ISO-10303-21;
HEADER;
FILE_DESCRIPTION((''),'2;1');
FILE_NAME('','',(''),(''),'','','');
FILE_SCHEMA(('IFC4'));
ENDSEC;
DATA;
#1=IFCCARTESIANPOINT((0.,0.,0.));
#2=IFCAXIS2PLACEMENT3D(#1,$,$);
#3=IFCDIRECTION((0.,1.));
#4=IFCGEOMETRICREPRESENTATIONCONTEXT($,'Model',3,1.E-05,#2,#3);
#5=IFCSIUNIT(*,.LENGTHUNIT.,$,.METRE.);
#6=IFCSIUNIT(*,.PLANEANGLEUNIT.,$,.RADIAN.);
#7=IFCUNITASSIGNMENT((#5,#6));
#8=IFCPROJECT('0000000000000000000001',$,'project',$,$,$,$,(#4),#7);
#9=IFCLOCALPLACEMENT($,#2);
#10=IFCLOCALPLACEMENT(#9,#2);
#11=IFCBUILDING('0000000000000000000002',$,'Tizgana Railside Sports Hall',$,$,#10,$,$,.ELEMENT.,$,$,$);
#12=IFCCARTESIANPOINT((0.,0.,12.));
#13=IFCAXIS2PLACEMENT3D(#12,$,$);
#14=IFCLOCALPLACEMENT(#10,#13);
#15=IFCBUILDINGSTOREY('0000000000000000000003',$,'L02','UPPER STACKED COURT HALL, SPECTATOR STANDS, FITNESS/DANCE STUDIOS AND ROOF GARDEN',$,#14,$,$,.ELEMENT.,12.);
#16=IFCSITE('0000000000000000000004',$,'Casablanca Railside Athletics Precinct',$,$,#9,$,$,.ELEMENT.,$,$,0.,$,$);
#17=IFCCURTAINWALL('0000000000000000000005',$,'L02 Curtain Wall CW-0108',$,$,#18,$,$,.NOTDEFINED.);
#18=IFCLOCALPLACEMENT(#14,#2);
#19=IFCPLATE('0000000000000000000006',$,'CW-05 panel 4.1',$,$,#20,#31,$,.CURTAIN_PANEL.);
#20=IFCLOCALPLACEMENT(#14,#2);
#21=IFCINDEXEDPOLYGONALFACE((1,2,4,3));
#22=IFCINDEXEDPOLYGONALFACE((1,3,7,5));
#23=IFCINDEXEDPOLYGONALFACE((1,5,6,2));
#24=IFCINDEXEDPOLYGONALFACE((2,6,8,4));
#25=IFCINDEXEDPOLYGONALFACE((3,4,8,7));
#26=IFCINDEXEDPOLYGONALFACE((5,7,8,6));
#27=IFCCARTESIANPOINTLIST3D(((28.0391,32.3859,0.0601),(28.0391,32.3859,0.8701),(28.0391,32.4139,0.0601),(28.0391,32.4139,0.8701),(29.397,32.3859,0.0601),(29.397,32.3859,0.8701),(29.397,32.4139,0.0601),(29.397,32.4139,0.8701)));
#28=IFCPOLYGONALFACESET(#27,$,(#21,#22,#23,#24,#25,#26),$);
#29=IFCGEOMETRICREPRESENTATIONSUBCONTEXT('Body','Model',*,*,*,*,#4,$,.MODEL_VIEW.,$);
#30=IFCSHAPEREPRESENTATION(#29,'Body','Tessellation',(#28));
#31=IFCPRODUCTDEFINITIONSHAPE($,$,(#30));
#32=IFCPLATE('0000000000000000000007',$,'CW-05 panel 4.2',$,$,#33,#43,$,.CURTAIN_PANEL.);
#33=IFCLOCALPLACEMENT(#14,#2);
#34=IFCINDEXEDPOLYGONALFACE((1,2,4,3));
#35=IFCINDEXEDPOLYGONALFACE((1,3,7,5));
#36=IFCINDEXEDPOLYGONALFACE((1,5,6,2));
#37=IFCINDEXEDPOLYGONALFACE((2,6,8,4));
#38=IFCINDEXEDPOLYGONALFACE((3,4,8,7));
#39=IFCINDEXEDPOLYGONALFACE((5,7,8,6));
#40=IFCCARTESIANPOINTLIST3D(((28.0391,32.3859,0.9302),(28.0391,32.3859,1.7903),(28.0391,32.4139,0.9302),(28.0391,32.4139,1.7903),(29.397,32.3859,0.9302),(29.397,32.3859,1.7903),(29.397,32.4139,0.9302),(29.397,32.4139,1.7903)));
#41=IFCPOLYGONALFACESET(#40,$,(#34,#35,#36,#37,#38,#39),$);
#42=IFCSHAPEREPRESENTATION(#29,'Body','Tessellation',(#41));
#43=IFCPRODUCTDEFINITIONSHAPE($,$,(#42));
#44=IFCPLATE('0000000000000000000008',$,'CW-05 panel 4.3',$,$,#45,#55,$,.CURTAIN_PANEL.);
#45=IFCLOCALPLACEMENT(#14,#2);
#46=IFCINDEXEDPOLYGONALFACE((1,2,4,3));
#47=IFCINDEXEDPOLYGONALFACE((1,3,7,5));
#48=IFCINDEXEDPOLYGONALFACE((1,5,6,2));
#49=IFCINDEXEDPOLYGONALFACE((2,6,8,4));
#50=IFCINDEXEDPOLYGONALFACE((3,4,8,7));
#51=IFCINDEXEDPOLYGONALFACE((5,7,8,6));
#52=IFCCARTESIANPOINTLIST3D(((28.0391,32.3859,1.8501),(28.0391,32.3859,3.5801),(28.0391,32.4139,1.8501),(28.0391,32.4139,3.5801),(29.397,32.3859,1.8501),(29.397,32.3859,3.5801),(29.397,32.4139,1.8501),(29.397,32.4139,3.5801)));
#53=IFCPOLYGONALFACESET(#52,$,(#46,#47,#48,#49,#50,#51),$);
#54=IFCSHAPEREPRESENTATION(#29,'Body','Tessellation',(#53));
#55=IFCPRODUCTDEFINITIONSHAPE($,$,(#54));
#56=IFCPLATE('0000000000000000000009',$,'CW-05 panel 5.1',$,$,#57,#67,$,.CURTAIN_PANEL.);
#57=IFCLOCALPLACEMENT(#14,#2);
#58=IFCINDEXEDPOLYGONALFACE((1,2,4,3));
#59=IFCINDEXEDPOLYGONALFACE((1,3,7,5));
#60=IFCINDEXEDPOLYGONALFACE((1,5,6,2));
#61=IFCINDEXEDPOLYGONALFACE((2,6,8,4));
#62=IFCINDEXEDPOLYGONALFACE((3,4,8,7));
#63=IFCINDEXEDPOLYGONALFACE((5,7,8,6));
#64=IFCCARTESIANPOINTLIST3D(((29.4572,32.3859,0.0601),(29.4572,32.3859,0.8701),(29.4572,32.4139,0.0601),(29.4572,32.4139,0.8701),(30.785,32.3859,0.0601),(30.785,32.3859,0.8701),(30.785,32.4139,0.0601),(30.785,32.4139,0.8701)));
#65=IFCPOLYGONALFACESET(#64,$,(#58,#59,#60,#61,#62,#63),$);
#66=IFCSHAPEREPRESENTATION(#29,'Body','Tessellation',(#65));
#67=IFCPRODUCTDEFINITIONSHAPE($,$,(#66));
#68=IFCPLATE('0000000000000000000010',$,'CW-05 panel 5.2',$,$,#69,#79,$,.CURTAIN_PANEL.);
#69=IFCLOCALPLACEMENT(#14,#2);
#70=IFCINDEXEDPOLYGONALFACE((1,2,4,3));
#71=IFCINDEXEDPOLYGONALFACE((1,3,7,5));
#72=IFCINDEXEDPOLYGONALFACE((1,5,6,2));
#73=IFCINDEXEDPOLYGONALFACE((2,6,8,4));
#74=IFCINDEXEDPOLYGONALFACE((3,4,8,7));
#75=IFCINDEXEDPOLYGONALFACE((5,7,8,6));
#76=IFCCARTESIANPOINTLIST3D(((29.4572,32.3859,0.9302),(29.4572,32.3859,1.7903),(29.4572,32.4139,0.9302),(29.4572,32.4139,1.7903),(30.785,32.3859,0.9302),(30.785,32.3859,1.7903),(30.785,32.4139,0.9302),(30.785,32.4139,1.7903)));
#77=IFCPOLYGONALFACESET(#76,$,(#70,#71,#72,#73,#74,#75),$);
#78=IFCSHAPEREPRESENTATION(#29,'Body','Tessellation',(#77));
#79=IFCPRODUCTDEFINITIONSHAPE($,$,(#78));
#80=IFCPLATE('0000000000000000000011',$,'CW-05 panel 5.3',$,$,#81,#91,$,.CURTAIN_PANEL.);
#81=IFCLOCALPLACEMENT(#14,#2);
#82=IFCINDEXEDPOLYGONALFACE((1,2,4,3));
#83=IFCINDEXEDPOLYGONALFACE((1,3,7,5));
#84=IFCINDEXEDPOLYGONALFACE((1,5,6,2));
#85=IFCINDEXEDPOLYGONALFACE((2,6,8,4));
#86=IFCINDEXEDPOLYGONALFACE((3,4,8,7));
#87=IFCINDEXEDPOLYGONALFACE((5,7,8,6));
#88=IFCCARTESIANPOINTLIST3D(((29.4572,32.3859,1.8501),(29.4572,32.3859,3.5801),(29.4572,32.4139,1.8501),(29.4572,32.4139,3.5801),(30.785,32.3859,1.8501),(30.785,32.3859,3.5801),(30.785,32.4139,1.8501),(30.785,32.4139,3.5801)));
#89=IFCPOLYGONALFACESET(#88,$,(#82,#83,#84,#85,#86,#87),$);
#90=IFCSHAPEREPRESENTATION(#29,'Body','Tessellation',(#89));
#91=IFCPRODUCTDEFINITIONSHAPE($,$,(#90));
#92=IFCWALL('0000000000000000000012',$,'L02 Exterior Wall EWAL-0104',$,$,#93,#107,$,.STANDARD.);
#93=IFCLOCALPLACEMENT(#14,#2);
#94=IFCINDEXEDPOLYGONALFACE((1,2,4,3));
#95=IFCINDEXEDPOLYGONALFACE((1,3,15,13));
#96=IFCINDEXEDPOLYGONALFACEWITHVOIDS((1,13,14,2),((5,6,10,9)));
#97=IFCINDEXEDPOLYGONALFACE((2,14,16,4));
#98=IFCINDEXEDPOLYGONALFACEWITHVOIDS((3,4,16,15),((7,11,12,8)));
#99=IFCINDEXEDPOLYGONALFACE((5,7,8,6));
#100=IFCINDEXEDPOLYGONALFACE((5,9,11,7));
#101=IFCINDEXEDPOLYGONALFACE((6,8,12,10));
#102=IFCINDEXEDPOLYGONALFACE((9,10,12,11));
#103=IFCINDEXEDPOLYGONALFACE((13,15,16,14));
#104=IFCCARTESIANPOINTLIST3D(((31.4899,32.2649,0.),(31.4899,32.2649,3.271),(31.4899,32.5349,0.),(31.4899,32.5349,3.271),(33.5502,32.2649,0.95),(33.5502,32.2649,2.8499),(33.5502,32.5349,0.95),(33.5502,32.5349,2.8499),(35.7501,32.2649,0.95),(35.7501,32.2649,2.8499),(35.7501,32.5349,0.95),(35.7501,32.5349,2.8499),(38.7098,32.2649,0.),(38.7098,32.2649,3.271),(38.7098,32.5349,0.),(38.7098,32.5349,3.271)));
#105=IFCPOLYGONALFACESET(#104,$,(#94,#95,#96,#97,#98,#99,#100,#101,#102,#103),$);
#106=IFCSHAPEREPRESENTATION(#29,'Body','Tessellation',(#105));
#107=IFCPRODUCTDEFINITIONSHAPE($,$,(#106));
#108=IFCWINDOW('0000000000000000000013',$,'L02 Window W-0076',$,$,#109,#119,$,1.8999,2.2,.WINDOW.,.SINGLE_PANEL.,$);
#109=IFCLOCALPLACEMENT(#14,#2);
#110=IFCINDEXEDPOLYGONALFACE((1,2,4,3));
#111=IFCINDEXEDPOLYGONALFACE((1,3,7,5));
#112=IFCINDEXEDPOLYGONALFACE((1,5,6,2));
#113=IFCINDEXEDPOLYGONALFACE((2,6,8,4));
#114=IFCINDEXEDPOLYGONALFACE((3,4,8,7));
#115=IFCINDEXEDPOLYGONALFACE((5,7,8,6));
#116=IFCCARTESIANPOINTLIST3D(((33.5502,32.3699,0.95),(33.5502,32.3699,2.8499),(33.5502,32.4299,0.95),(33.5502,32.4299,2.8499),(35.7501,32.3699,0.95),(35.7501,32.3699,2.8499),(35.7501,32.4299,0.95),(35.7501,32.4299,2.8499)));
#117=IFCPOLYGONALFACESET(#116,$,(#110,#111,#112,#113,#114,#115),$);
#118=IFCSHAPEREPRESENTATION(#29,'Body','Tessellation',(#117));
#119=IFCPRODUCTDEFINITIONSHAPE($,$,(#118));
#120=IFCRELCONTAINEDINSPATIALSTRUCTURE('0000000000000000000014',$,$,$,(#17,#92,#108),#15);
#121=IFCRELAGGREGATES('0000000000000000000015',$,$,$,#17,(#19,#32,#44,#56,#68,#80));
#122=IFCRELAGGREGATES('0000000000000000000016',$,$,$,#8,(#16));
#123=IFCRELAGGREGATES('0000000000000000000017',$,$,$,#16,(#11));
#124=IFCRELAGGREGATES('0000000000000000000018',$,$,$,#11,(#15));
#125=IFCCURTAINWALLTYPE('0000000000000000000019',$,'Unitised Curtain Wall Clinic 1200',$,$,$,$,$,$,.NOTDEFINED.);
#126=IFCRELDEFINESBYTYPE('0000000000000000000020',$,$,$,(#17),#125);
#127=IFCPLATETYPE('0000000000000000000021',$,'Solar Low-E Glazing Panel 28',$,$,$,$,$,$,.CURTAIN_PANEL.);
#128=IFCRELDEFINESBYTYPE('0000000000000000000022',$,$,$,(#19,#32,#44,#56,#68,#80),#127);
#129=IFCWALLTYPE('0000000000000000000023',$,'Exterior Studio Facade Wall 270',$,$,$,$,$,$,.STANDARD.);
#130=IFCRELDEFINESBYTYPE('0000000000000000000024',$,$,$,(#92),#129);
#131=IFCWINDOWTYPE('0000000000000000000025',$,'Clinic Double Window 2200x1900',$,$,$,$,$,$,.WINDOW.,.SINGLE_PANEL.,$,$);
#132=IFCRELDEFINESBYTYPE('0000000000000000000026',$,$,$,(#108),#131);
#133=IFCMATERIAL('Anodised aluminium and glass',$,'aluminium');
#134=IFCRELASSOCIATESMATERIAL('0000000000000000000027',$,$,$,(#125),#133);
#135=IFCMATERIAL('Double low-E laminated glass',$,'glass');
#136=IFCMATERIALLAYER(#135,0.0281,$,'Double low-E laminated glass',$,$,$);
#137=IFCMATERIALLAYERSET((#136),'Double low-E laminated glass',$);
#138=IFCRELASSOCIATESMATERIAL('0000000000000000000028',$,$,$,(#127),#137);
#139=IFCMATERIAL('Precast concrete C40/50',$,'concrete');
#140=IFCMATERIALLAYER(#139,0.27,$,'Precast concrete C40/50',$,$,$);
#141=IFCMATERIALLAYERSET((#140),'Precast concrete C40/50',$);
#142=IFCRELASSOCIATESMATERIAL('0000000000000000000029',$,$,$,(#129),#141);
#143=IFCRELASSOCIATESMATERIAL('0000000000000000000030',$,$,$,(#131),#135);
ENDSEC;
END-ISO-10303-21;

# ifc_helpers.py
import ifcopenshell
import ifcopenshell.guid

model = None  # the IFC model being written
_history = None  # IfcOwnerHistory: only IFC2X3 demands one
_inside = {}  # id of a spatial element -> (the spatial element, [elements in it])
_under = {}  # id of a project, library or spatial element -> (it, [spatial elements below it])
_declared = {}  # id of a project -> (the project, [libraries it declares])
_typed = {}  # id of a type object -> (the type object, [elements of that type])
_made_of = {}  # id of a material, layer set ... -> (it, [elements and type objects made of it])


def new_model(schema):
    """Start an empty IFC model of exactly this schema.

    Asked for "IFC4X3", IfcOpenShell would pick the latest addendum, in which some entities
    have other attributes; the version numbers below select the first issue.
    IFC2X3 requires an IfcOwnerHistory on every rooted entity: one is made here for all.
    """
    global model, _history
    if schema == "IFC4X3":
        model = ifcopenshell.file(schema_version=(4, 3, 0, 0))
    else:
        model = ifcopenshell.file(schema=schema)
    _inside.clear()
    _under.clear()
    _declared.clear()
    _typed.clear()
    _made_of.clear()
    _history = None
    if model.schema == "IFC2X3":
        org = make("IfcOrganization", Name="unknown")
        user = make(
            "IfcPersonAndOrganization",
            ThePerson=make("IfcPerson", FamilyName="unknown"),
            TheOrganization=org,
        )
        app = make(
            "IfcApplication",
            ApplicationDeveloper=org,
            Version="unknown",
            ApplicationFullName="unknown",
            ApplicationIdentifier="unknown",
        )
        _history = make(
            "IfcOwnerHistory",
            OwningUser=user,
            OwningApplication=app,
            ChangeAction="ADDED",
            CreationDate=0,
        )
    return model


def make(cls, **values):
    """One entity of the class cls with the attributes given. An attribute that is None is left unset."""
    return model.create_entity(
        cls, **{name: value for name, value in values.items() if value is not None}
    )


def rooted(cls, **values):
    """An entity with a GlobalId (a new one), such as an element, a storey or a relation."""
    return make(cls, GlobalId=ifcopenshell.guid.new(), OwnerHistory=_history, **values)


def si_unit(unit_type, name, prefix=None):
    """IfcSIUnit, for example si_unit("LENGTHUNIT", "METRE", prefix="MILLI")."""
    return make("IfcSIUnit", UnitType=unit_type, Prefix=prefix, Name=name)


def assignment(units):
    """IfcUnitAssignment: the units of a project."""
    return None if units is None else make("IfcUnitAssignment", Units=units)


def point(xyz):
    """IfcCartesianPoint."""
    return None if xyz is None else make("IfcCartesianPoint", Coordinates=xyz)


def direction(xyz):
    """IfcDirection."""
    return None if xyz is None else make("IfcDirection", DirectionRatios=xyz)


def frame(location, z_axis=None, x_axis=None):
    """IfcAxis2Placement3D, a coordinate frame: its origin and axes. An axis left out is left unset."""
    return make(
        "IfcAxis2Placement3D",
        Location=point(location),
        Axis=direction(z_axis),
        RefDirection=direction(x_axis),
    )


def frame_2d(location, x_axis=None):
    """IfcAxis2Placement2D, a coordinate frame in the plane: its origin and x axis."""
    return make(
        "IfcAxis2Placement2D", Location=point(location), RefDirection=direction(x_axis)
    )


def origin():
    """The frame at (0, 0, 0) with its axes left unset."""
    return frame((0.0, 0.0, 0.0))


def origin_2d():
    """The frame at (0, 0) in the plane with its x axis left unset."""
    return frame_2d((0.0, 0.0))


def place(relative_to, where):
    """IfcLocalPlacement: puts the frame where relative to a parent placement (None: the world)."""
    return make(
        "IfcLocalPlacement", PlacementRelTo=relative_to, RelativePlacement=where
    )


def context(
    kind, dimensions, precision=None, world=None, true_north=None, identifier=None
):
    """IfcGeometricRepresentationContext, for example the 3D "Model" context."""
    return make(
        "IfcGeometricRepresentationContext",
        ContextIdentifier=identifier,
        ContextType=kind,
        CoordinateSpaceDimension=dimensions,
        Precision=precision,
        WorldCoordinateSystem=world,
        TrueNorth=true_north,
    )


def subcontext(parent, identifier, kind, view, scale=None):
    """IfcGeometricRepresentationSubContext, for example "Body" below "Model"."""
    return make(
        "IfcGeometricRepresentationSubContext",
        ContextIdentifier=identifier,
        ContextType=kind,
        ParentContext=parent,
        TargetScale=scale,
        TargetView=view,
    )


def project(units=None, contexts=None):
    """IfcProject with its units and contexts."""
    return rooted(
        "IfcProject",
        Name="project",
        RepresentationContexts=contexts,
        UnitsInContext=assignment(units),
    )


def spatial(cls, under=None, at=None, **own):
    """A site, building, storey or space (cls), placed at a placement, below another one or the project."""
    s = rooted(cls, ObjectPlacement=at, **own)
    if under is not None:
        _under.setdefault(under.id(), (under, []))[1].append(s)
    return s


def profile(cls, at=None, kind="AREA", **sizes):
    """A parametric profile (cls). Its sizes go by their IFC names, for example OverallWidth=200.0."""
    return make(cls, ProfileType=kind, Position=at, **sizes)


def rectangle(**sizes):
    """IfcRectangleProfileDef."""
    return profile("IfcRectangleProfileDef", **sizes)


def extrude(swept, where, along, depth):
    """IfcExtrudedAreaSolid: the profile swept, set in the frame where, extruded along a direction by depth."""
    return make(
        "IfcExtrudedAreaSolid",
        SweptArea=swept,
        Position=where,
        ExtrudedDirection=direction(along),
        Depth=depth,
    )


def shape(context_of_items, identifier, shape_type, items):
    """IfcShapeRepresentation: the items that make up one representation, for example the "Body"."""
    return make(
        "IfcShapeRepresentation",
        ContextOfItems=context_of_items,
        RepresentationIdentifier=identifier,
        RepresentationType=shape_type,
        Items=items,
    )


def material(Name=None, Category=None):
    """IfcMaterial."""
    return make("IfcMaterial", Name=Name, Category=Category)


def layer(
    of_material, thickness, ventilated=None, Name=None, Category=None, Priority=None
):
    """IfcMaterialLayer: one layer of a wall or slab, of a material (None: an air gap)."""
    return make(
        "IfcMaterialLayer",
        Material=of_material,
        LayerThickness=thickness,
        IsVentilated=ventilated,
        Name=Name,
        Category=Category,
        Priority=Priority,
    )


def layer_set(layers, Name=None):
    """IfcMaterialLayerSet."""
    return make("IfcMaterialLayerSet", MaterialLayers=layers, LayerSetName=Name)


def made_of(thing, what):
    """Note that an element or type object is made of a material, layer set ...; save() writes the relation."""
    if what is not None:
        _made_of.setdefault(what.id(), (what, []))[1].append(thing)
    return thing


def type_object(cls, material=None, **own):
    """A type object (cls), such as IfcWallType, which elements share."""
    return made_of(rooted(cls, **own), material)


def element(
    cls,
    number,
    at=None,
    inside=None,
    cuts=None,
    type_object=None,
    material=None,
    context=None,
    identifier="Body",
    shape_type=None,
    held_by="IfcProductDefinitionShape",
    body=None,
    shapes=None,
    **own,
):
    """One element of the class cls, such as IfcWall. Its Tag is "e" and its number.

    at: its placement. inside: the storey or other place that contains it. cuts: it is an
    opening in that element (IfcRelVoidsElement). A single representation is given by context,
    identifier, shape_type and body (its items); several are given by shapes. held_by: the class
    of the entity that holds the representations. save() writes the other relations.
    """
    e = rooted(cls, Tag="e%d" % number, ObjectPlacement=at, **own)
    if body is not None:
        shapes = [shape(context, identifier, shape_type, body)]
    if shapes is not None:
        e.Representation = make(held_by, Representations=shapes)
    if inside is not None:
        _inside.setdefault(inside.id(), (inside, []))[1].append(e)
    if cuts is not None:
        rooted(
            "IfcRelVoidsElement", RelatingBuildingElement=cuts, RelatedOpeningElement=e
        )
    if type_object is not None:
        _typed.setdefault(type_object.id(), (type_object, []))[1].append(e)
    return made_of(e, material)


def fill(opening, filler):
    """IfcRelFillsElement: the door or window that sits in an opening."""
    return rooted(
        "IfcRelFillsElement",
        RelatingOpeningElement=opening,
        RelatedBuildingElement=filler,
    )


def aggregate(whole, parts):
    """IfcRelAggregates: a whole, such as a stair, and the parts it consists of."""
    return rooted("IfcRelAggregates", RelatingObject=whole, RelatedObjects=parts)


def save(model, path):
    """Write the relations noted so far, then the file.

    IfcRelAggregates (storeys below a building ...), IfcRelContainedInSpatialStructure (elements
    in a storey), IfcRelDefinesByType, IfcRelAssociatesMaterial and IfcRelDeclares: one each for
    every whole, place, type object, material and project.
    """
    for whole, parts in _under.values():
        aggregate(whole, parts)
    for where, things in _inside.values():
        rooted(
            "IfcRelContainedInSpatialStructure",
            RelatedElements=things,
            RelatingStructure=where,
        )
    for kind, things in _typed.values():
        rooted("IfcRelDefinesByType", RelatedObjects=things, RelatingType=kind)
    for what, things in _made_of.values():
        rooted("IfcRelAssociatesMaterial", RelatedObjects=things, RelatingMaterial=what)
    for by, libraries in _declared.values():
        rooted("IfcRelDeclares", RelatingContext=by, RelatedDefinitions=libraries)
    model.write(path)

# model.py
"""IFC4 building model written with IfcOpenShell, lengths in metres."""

from ifc_helpers import new_model, si_unit, direction, frame, frame_2d, origin, origin_2d, place, context, subcontext, project, spatial, rectangle, extrude, material, layer, layer_set, type_object, element, fill, aggregate, save


model = new_model("IFC4")

# Units and contexts
model_context = context("Model", 3, precision=1e-05, world=origin(), true_north=direction((0.0, 1.0)))
body_context = subcontext(model_context, "Body", "Model", "MODEL_VIEW")
ifc_project = project(units=[si_unit("LENGTHUNIT", "METRE"), si_unit("PLANEANGLEUNIT", "RADIAN")], contexts=[model_context])

# Site, building, storey
site_placement = place(None, origin())
site = spatial("IfcSite", under=ifc_project, at=site_placement, Name="Casablanca Railside Athletics Precinct", CompositionType="ELEMENT", RefElevation=0.0)
building_placement = place(site_placement, origin())
building = spatial("IfcBuilding", under=site, at=building_placement, Name="Tizgana Railside Sports Hall", CompositionType="ELEMENT")
storey_placement = place(building_placement, frame((0.0, 0.0, 12.0)))
storey = spatial("IfcBuildingStorey", under=building, at=storey_placement, Name="L02", Description="UPPER STACKED COURT HALL, SPECTATOR STANDS, FITNESS/DANCE STUDIOS AND ROOF GARDEN", CompositionType="ELEMENT", Elevation=12.0)

# Curtain wall
ifc_material_1 = material(Name="Anodised aluminium and glass", Category="aluminium")
curtain_wall_type_1 = type_object("IfcCurtainWallType", Name="Unitised Curtain Wall Clinic 1200", PredefinedType="NOTDEFINED", material=ifc_material_1)
curtain_wall_1_placement = place(storey_placement, origin())
curtain_wall_1 = element("IfcCurtainWall", 1, at=curtain_wall_1_placement, inside=storey, type_object=curtain_wall_type_1, Name="L02 Curtain Wall CW-0108", PredefinedType="NOTDEFINED")

# Plates
ifc_material_2 = material(Name="Double low-E laminated glass", Category="glass")
ifc_layer_1 = layer(ifc_material_2, 0.0281, Name="Double low-E laminated glass")
ifc_layer_set_1 = layer_set([ifc_layer_1], Name="Double low-E laminated glass")
plate_type = type_object("IfcPlateType", Name="Solar Low-E Glazing Panel 28", PredefinedType="CURTAIN_PANEL", material=ifc_layer_set_1)
plate_1_placement = place(storey_placement, frame((28.718, 32.3999, 0.0601), z_axis=(0.0, 0.0, 1.0), x_axis=(1.0, 0.0, 0.0)))
plate_1 = element("IfcPlate", 2, at=plate_1_placement, type_object=plate_type, Name="CW-05 panel 4.1", PredefinedType="CURTAIN_PANEL", context=body_context, shape_type="SweptSolid", body=[
    extrude(rectangle(XDim=1.3579, YDim=0.0281, at=origin_2d()), origin(), (0.0, 0.0, 1.0), 0.8101),
])
plate_2_placement = place(storey_placement, frame((28.718, 32.3999, 0.9302), z_axis=(0.0, 0.0, 1.0), x_axis=(1.0, 0.0, 0.0)))
plate_2 = element("IfcPlate", 3, at=plate_2_placement, type_object=plate_type, Name="CW-05 panel 4.2", PredefinedType="CURTAIN_PANEL", context=body_context, shape_type="SweptSolid", body=[
    extrude(rectangle(XDim=1.3579, YDim=0.0281, at=origin_2d()), origin(), (0.0, 0.0, 1.0), 0.8601),
])
plate_3_placement = place(storey_placement, frame((28.718, 32.3999, 1.8501), z_axis=(0.0, 0.0, 1.0), x_axis=(1.0, 0.0, 0.0)))
plate_3 = element("IfcPlate", 4, at=plate_3_placement, type_object=plate_type, Name="CW-05 panel 4.3", PredefinedType="CURTAIN_PANEL", context=body_context, shape_type="SweptSolid", body=[
    extrude(rectangle(XDim=1.3579, YDim=0.0281, at=origin_2d()), origin(), (0.0, 0.0, 1.0), 1.73),
])
plate_4_placement = place(storey_placement, frame((30.1211, 32.3999, 0.0601), z_axis=(0.0, 0.0, 1.0), x_axis=(1.0, 0.0, 0.0)))
plate_4 = element("IfcPlate", 5, at=plate_4_placement, type_object=plate_type, Name="CW-05 panel 5.1", PredefinedType="CURTAIN_PANEL", context=body_context, shape_type="SweptSolid", body=[
    extrude(rectangle(XDim=1.3279, YDim=0.0281, at=origin_2d()), origin(), (0.0, 0.0, 1.0), 0.8101),
])
plate_5_placement = place(storey_placement, frame((30.1211, 32.3999, 0.9302), z_axis=(0.0, 0.0, 1.0), x_axis=(1.0, 0.0, 0.0)))
plate_5 = element("IfcPlate", 6, at=plate_5_placement, type_object=plate_type, Name="CW-05 panel 5.2", PredefinedType="CURTAIN_PANEL", context=body_context, shape_type="SweptSolid", body=[
    extrude(rectangle(XDim=1.3279, YDim=0.0281, at=origin_2d()), origin(), (0.0, 0.0, 1.0), 0.8601),
])
plate_6_placement = place(storey_placement, frame((30.1211, 32.3999, 1.8501), z_axis=(0.0, 0.0, 1.0), x_axis=(1.0, 0.0, 0.0)))
plate_6 = element("IfcPlate", 7, at=plate_6_placement, type_object=plate_type, Name="CW-05 panel 5.3", PredefinedType="CURTAIN_PANEL", context=body_context, shape_type="SweptSolid", body=[
    extrude(rectangle(XDim=1.3279, YDim=0.0281, at=origin_2d()), origin(), (0.0, 0.0, 1.0), 1.73),
])
aggregate(curtain_wall_1, [plate_1, plate_2, plate_3, plate_4, plate_5, plate_6])

# Wall, opening, window
ifc_material_3 = material(Name="Precast concrete C40/50", Category="concrete")
ifc_layer_2 = layer(ifc_material_3, 0.27, Name="Precast concrete C40/50")
ifc_layer_set_2 = layer_set([ifc_layer_2], Name="Precast concrete C40/50")
wall_type = type_object("IfcWallType", Name="Exterior Studio Facade Wall 270", PredefinedType="STANDARD", material=ifc_layer_set_2)
wall_placement = place(storey_placement, frame((31.49, 32.3999, 0.0), z_axis=(0.0, 0.0, 1.0), x_axis=(1.0, 0.0, 0.0)))
wall = element("IfcWall", 8, at=wall_placement, inside=storey, type_object=wall_type, Name="L02 Exterior Wall EWAL-0104", PredefinedType="STANDARD", context=body_context, shape_type="SweptSolid", body=[
    extrude(rectangle(XDim=7.22, YDim=0.27, at=frame_2d((3.6099, 0.0))), origin(), (0.0, 0.0, 1.0), 3.271),
])
opening_placement = place(wall_placement, frame((2.0601, 0.0, 0.95)))
opening = element("IfcOpeningElement", 9, at=opening_placement, cuts=wall, PredefinedType="OPENING", context=body_context, shape_type="SweptSolid", body=[
    extrude(rectangle(XDim=2.2, YDim=1.8999, at=frame_2d((1.1001, 0.95))), frame((0.0, 0.145, 0.0), z_axis=(0.0, -1.0, 0.0), x_axis=(1.0, 0.0, 0.0)), (0.0, 0.0, 1.0), 0.29),
])
window_type = type_object("IfcWindowType", Name="Clinic Double Window 2200x1900", PartitioningType="SINGLE_PANEL", PredefinedType="WINDOW", material=ifc_material_2)
window_placement = place(opening_placement, origin())
window = element("IfcWindow", 10, at=window_placement, inside=storey, type_object=window_type, Name="L02 Window W-0076", OverallHeight=1.8999, OverallWidth=2.2, PartitioningType="SINGLE_PANEL", PredefinedType="WINDOW", context=body_context, shape_type="SweptSolid", body=[
    extrude(rectangle(XDim=2.2, YDim=1.8999, at=frame_2d((1.1001, 0.95))), frame((0.0, 0.03, 0.0), z_axis=(0.0, -1.0, 0.0), x_axis=(1.0, 0.0, 0.0)), (0.0, 0.0, 1.0), 0.0601),
])
fill(opening, window)

save(model, "model.ifc")
